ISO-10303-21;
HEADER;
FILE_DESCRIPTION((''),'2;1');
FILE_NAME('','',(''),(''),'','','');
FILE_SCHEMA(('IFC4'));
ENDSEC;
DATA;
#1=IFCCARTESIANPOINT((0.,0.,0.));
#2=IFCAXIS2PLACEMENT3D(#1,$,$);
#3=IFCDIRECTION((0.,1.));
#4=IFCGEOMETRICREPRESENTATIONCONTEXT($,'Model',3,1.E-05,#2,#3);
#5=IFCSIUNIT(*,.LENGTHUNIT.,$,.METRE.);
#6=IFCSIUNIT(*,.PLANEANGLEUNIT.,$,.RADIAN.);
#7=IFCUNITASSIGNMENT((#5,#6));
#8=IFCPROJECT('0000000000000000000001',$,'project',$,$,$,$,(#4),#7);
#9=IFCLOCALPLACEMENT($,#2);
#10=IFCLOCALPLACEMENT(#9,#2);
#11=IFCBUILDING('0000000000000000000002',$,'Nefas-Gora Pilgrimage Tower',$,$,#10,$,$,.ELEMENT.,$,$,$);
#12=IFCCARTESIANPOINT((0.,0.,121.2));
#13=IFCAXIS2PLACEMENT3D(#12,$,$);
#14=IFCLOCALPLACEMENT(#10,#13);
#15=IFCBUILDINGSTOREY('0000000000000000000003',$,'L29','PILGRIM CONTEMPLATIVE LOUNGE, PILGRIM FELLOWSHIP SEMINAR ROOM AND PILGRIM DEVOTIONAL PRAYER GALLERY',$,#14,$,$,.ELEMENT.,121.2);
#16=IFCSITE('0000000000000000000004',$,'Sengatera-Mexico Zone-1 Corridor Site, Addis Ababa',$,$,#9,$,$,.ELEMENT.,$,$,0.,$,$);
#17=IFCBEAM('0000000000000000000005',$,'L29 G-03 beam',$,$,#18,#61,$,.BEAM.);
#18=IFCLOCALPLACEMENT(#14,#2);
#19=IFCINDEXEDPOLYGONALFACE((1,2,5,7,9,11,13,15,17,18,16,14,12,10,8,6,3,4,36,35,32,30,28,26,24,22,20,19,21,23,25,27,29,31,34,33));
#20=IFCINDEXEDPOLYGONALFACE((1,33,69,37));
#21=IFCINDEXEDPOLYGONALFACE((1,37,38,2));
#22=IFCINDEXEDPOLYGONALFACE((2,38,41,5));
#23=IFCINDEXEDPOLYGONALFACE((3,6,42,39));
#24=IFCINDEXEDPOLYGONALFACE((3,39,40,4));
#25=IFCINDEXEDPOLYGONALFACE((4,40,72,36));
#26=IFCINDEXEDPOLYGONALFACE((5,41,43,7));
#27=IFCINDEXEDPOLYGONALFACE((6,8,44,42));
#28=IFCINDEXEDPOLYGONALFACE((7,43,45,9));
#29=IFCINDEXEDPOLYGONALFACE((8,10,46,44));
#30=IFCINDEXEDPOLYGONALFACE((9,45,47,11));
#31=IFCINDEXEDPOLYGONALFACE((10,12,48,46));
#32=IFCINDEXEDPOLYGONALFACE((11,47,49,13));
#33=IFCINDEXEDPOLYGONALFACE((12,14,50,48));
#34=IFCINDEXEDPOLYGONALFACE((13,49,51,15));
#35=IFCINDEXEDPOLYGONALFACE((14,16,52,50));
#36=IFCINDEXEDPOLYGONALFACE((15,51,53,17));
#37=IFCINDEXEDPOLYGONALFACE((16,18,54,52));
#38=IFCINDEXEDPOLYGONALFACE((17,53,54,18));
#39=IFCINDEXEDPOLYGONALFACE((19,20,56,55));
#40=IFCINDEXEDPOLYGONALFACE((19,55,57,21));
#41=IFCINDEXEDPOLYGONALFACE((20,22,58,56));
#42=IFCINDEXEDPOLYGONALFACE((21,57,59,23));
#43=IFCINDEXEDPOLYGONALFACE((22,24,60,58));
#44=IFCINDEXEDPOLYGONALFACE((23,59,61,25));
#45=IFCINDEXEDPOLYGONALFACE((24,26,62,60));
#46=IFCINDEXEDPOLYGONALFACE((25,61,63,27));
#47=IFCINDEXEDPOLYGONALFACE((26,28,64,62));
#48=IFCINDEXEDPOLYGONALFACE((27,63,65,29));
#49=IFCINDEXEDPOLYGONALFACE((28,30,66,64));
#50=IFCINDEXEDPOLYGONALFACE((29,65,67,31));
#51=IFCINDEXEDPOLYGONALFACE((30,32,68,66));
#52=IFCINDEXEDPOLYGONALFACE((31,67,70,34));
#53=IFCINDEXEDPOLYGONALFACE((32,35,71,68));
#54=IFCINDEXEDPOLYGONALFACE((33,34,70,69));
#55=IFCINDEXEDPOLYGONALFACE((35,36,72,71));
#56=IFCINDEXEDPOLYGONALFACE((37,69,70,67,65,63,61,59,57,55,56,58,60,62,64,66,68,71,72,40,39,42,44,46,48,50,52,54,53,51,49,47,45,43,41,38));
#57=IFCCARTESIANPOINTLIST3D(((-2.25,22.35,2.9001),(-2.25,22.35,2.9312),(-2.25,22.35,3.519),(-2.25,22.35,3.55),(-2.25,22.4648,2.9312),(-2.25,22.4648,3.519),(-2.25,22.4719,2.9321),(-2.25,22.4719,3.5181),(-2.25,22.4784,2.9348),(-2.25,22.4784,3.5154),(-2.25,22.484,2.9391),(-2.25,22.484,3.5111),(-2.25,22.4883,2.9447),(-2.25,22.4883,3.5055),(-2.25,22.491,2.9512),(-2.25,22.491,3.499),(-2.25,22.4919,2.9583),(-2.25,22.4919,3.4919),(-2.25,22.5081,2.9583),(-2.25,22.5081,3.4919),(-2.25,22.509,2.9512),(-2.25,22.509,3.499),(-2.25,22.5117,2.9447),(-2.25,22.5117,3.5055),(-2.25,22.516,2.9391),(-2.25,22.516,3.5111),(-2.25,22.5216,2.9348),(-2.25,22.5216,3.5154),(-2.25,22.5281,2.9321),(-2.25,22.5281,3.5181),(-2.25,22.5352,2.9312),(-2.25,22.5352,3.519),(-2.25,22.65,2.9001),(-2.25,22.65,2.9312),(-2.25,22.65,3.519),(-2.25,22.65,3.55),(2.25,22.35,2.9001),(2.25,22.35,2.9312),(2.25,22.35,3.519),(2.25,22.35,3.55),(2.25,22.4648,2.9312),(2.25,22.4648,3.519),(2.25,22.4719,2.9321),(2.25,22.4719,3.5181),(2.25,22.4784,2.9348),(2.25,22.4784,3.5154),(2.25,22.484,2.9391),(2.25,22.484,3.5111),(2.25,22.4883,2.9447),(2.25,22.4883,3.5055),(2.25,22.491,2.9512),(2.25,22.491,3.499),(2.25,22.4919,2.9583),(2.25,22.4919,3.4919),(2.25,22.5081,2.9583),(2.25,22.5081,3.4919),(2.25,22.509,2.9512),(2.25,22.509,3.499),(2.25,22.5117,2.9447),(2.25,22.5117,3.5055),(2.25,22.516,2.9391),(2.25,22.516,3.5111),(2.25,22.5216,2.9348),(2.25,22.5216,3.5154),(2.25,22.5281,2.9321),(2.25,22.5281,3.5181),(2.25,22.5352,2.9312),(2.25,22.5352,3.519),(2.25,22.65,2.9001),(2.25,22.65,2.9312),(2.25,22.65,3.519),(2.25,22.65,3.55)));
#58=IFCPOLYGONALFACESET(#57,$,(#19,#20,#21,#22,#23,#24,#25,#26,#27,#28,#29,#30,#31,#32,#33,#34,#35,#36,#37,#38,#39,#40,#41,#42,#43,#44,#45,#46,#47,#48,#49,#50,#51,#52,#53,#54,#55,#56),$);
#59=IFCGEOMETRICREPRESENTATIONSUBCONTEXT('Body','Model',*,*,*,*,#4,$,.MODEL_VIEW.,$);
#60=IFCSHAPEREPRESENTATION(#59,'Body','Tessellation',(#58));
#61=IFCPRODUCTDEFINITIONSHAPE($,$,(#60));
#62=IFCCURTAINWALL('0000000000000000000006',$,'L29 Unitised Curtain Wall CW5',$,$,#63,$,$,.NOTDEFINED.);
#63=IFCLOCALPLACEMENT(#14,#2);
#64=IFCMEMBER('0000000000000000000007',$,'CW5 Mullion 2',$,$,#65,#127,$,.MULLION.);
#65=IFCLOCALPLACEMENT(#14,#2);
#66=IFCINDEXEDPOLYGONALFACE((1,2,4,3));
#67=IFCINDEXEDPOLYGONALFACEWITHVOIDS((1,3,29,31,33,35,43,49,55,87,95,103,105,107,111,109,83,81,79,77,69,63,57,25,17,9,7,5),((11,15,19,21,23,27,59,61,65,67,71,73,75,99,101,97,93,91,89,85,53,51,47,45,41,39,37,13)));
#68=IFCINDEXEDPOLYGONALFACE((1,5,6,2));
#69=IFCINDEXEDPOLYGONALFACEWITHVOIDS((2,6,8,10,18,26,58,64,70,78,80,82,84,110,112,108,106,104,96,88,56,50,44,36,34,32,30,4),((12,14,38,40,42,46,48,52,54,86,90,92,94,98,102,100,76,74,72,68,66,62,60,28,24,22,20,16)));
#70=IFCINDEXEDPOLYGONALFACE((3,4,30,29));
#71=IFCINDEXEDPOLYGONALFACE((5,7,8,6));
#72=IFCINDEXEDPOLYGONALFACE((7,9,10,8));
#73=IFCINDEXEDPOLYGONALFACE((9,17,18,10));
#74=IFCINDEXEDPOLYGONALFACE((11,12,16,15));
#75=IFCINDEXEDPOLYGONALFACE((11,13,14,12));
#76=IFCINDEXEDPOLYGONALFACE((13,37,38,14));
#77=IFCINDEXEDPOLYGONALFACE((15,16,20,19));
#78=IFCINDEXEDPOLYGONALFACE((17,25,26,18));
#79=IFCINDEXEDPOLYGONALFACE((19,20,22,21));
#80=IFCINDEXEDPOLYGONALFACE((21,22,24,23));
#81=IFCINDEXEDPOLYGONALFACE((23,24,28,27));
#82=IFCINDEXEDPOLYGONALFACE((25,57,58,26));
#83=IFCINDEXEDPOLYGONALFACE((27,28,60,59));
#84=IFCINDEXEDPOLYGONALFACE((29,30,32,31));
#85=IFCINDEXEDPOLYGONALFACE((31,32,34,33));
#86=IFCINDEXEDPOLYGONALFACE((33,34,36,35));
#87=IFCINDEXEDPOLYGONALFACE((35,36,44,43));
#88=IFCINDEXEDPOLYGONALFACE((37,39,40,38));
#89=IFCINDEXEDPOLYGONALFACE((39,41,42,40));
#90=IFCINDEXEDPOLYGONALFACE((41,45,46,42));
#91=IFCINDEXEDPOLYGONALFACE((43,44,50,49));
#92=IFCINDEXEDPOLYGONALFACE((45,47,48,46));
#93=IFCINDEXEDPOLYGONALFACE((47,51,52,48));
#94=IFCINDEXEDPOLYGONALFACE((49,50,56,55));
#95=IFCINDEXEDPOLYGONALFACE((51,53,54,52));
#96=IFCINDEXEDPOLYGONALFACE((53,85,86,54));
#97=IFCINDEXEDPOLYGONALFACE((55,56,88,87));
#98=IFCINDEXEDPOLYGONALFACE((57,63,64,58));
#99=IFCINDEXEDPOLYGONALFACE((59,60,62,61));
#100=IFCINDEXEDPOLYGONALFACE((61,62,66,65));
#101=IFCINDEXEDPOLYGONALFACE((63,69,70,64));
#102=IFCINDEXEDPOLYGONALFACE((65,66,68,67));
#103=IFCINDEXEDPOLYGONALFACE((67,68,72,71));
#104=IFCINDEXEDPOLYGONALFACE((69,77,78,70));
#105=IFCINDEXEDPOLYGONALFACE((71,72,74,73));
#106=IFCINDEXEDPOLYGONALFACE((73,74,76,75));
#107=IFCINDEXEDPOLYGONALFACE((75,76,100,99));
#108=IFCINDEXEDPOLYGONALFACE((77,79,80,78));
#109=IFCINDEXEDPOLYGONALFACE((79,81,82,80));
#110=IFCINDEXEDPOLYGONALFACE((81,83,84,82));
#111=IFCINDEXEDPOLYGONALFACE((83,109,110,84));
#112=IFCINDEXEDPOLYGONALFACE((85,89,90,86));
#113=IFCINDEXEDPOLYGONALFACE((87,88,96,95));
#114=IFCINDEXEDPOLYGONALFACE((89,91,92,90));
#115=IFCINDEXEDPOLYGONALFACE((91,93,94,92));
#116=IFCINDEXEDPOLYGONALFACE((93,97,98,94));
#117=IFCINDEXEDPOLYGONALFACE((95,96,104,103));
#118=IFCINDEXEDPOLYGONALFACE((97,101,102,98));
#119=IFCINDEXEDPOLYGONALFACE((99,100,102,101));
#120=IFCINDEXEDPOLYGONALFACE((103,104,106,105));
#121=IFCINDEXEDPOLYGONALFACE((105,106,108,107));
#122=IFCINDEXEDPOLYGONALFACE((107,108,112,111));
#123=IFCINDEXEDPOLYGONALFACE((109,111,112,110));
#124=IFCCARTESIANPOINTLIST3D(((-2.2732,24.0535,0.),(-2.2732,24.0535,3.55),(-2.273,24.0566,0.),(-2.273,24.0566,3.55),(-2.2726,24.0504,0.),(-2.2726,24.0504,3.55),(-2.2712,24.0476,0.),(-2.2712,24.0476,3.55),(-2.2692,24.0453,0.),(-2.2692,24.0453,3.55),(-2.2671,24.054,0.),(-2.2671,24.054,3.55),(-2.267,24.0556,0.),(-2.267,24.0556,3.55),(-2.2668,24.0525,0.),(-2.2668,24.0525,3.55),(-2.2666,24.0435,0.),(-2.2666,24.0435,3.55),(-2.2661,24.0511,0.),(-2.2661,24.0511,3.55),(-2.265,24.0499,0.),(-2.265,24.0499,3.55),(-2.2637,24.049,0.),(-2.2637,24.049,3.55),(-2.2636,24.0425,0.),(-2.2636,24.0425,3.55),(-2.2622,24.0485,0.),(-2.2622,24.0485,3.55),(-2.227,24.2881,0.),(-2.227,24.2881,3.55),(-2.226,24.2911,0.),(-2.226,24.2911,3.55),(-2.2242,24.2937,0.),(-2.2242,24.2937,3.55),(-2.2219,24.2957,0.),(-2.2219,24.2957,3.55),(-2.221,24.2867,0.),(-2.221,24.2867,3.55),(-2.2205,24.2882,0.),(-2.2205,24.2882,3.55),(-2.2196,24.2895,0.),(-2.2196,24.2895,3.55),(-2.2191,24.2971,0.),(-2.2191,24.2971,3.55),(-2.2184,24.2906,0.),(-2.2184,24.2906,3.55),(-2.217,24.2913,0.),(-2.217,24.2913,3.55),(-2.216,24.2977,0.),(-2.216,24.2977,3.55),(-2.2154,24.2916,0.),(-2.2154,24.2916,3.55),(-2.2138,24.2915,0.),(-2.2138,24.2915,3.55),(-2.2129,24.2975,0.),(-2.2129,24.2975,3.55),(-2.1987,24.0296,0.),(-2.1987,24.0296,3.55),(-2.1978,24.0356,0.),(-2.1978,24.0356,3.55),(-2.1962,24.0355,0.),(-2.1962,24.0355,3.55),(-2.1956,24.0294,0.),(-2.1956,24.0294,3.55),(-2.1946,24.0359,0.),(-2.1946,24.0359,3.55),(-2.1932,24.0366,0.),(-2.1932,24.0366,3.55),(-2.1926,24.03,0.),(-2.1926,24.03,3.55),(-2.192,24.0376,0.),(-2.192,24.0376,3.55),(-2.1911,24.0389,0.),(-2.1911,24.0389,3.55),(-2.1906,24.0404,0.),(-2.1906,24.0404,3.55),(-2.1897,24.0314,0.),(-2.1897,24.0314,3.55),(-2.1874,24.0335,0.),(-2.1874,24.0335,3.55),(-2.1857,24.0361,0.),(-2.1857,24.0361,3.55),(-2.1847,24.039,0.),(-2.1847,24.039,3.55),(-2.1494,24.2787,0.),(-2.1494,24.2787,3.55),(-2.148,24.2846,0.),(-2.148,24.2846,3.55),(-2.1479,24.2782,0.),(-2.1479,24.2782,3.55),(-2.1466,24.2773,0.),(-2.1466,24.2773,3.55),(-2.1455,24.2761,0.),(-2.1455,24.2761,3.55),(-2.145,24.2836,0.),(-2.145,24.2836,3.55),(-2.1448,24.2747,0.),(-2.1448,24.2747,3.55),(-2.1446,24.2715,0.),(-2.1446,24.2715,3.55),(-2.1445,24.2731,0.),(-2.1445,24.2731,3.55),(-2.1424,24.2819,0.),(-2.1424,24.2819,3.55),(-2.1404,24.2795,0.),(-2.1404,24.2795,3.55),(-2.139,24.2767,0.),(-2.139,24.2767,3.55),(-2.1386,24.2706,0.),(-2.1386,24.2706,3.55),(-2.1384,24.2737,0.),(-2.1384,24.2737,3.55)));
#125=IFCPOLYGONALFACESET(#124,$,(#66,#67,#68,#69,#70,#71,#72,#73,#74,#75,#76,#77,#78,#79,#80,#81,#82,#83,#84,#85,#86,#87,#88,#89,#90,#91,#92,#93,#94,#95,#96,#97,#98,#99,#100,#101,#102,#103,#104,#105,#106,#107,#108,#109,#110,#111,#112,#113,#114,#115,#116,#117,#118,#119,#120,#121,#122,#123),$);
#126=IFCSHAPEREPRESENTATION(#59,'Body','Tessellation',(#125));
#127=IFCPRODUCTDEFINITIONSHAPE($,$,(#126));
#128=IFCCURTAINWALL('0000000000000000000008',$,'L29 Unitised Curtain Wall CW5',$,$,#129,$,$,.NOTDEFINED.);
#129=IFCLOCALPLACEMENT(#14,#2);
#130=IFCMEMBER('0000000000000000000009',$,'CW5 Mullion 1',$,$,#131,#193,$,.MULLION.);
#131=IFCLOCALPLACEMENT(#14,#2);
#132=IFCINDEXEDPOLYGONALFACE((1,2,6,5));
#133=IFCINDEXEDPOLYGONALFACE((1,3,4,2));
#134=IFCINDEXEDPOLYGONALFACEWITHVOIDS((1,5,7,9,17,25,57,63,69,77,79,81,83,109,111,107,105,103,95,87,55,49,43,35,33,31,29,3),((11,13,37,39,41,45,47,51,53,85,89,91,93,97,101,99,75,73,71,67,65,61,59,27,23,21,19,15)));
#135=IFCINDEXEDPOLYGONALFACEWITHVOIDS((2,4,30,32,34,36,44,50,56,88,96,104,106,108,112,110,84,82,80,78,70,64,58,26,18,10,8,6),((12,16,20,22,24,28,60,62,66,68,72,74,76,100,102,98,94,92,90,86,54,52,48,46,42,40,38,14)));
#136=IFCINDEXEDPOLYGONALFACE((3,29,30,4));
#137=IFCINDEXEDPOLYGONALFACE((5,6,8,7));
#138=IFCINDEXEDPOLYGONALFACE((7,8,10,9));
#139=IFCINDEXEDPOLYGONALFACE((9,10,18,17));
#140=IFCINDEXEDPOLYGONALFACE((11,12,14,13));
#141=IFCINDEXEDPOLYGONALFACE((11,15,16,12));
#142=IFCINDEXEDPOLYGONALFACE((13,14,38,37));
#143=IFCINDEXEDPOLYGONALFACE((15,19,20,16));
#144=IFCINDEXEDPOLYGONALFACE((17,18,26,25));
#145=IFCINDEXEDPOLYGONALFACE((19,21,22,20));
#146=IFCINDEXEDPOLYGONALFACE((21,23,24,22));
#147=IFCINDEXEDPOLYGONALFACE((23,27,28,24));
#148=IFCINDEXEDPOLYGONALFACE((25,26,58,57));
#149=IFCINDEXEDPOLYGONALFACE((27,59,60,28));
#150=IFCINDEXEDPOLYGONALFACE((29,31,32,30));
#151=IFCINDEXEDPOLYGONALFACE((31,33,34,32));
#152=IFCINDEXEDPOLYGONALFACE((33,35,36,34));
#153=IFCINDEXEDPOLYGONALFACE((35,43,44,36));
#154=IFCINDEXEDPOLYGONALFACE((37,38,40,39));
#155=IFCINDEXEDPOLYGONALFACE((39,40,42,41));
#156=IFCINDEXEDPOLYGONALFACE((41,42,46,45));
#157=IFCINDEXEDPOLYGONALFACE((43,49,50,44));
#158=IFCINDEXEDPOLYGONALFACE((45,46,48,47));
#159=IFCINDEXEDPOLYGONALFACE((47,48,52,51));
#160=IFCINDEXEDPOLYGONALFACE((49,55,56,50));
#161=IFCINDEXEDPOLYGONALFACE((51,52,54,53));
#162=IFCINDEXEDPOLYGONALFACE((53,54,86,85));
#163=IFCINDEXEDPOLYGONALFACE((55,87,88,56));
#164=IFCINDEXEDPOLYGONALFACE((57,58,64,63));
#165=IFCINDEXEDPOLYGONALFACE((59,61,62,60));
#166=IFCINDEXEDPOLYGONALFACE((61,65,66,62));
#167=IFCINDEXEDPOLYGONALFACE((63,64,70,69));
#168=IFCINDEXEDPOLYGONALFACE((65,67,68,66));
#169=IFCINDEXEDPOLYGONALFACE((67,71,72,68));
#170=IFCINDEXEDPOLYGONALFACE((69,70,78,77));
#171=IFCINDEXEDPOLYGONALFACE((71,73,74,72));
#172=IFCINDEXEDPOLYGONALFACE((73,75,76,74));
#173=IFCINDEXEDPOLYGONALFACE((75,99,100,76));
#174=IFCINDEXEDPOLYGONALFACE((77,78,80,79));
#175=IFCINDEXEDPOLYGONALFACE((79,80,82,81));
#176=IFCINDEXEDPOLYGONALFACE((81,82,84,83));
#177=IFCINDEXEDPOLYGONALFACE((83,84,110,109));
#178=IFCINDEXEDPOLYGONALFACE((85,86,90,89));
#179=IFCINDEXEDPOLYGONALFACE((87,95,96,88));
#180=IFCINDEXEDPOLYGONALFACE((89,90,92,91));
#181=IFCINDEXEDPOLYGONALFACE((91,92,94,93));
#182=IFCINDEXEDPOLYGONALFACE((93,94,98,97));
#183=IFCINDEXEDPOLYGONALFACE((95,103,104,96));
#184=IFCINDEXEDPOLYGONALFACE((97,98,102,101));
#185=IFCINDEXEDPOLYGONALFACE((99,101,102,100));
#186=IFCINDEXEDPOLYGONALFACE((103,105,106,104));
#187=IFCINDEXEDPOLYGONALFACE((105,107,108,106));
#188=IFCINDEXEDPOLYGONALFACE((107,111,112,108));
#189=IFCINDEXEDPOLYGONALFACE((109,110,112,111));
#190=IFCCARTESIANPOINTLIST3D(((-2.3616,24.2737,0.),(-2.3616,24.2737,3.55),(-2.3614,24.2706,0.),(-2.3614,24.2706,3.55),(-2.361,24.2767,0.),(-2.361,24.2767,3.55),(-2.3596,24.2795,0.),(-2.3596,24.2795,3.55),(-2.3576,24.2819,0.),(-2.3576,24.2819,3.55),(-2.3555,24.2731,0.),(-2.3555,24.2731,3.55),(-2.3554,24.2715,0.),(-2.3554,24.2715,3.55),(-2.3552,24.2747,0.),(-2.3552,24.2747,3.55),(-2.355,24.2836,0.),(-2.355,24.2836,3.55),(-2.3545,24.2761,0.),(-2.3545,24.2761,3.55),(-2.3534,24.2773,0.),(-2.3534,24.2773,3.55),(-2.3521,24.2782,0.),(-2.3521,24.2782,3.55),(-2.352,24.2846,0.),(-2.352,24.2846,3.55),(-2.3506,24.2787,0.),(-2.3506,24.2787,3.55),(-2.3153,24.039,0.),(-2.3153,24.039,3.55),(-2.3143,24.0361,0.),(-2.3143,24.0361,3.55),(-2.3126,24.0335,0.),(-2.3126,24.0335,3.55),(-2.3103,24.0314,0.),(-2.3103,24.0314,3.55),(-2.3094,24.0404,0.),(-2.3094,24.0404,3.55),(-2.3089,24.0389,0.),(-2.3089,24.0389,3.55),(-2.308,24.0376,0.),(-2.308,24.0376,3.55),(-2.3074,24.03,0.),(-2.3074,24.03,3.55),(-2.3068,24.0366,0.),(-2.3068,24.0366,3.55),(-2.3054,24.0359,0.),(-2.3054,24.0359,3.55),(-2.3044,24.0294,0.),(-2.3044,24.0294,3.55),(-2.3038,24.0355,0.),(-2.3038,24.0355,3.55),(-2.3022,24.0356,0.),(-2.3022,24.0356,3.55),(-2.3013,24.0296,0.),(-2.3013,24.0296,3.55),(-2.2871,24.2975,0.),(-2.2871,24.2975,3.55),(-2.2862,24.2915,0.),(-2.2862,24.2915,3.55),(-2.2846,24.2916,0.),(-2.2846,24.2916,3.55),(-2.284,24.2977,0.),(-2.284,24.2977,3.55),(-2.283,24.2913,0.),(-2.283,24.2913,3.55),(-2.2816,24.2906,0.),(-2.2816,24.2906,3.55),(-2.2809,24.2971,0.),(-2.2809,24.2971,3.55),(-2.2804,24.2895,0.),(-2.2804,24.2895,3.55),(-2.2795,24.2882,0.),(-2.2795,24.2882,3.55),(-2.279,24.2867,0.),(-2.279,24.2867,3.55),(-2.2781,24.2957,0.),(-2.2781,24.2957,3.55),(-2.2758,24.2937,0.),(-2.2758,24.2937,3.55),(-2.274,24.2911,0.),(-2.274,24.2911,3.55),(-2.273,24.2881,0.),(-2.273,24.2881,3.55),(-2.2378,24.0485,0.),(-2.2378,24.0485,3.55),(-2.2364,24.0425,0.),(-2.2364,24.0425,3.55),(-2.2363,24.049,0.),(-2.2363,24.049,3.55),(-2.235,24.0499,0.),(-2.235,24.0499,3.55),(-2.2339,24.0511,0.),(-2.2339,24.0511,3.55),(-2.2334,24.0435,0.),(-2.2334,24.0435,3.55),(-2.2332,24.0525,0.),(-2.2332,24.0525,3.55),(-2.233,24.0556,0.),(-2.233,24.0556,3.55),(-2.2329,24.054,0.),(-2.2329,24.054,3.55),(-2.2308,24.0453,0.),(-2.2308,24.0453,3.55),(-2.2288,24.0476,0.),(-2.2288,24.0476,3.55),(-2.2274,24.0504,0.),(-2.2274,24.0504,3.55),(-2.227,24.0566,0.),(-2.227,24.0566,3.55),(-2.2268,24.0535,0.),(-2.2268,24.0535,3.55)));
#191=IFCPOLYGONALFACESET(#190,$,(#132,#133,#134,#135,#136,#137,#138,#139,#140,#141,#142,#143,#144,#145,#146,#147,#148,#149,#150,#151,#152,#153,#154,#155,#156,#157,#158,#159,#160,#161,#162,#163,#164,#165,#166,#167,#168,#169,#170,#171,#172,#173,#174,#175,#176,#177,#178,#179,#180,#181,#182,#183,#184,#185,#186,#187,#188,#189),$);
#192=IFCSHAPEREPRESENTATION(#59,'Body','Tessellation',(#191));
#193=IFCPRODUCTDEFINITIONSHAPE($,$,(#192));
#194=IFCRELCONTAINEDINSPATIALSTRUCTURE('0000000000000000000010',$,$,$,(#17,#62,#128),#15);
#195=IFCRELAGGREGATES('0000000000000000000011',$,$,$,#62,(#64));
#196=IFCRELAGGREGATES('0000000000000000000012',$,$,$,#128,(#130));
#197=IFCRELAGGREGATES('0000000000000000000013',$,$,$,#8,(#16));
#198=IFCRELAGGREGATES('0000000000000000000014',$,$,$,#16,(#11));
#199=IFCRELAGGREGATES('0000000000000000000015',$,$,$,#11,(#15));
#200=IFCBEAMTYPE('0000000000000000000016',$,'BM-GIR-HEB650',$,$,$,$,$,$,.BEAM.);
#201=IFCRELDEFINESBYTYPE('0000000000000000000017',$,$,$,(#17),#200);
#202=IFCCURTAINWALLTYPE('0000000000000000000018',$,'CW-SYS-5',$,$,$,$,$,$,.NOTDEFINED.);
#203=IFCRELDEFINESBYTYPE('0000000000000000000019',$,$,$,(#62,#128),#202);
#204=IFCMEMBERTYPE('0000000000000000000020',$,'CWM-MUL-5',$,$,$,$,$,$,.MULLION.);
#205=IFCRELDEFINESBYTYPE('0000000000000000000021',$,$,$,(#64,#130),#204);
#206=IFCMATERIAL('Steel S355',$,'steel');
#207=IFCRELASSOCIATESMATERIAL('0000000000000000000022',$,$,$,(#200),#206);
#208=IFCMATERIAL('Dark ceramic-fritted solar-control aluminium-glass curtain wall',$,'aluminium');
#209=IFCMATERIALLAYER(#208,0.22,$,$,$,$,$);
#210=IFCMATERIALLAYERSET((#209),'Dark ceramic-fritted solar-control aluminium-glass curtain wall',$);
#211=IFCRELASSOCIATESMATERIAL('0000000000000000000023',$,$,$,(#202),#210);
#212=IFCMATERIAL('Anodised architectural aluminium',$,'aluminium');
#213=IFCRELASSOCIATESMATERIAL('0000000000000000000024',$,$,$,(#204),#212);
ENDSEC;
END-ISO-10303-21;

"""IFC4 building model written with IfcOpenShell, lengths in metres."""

from ifc_helpers import new_model, si_unit, direction, frame, origin, origin_2d, place, context, subcontext, project, spatial, hollow_rectangle, i_section, extrude, source, transform, mapped, material, layer, layer_set, material_profile, profile_set, type_object, element, aggregate, save


model = new_model("IFC4")

# Units and contexts
model_context = context("Model", 3, precision=1e-05, world=origin(), true_north=direction((0.0, 1.0)))
body_context = subcontext(model_context, "Body", "Model", "MODEL_VIEW")
ifc_project = project(units=[si_unit("LENGTHUNIT", "METRE"), si_unit("PLANEANGLEUNIT", "RADIAN")], contexts=[model_context])

# Site, building, storey
site_placement = place(None, origin())
site = spatial("IfcSite", under=ifc_project, at=site_placement, Name="Sengatera-Mexico Zone-1 Corridor Site, Addis Ababa", CompositionType="ELEMENT", RefElevation=0.0)
building_placement = place(site_placement, origin())
building = spatial("IfcBuilding", under=site, at=building_placement, Name="Nefas-Gora Pilgrimage Tower", CompositionType="ELEMENT")
storey_placement = place(building_placement, frame((0.0, 0.0, 121.2)))
storey = spatial("IfcBuildingStorey", under=building, at=storey_placement, Name="L29", Description="PILGRIM CONTEMPLATIVE LOUNGE, PILGRIM FELLOWSHIP SEMINAR ROOM AND PILGRIM DEVOTIONAL PRAYER GALLERY", CompositionType="ELEMENT", Elevation=121.2)

# Beam
ifc_material_1 = material(Name="Steel S355", Category="steel")
ifc_material_profile_1 = material_profile(ifc_material_1, i_section(OverallWidth=0.3, OverallDepth=0.6499, WebThickness=0.0161, FlangeThickness=0.031, FilletRadius=0.0271, at=origin_2d()), Name="HEB 650")
ifc_profile_set_1 = profile_set([ifc_material_profile_1], Name="Steel S355")
beam_type = type_object("IfcBeamType", Name="BM-GIR-HEB650", PredefinedType="BEAM", material=ifc_profile_set_1)
shared_shape_1 = source(origin(), body_context, "Body", "SweptSolid", [
    extrude(i_section(OverallWidth=0.3, OverallDepth=0.6499, WebThickness=0.0161, FlangeThickness=0.031, FilletRadius=0.0271, at=origin_2d()), origin(), (0.0, 0.0, 1.0), 4.5),
])
for number, where, z_axis, x_axis, name in (
    (1, (-2.25, 22.5, 3.2251), (1.0, 0.0, 0.0), (0.0, 1.0, 0.0), "L29 G-03 beam"),
):
    element("IfcBeam", number, at=place(storey_placement, frame(where, z_axis=z_axis, x_axis=x_axis)), inside=storey, type_object=beam_type, Name=name, PredefinedType="BEAM", context=body_context, shape_type="MappedRepresentation", body=[
        mapped(shared_shape_1, transform((0.0, 0.0, 0.0), x_axis=(1.0, 0.0, 0.0), y_axis=(0.0, 1.0, 0.0), z_axis=(0.0, 0.0, 1.0), scale=1.0)),
    ])

# Curtain wall, member
ifc_material_2 = material(Name="Dark ceramic-fritted solar-control aluminium-glass curtain wall", Category="aluminium")
ifc_layer_1 = layer(ifc_material_2, 0.22)
ifc_layer_set_1 = layer_set([ifc_layer_1], Name="Dark ceramic-fritted solar-control aluminium-glass curtain wall")
curtain_wall_type = type_object("IfcCurtainWallType", Name="CW-SYS-5", PredefinedType="NOTDEFINED", material=ifc_layer_set_1)
curtain_wall_1_placement = place(storey_placement, origin())
curtain_wall_1 = element("IfcCurtainWall", 2, at=curtain_wall_1_placement, inside=storey, type_object=curtain_wall_type, Name="L29 Unitised Curtain Wall CW5", PredefinedType="NOTDEFINED")
ifc_material_3 = material(Name="Anodised architectural aluminium", Category="aluminium")
ifc_material_profile_2 = material_profile(ifc_material_3, hollow_rectangle(XDim=0.0901, YDim=0.26, WallThickness=0.0061, InnerFilletRadius=0.0061, OuterFilletRadius=0.012, at=origin_2d()), Name="ALU MULLION 90x260")
ifc_profile_set_2 = profile_set([ifc_material_profile_2], Name="Anodised architectural aluminium")
member_type_1 = type_object("IfcMemberType", Name="CWM-MUL-5", PredefinedType="MULLION", material=ifc_profile_set_2)
shared_shape_2 = source(origin(), body_context, "Body", "SweptSolid", [
    extrude(hollow_rectangle(XDim=0.0901, YDim=0.26, WallThickness=0.0061, InnerFilletRadius=0.0061, OuterFilletRadius=0.012, at=origin_2d()), origin(), (0.0, 0.0, 1.0), 3.55),
])
member_1_placement = place(storey_placement, frame((-2.2058, 24.1636, 0.0), z_axis=(0.0, 0.0, 1.0), x_axis=(-0.980783, 0.195102, 0.0)))
member_1 = element("IfcMember", 3, at=member_1_placement, type_object=member_type_1, Name="CW5 Mullion 2", PredefinedType="MULLION", context=body_context, shape_type="MappedRepresentation", body=[
    mapped(shared_shape_2, transform((0.0, 0.0, 0.0), x_axis=(1.0, 0.0, 0.0), y_axis=(0.0, 1.0, 0.0), z_axis=(0.0, 0.0, 1.0), scale=1.0)),
])

# Curtain wall, member
curtain_wall_2_placement = place(storey_placement, origin())
curtain_wall_2 = element("IfcCurtainWall", 4, at=curtain_wall_2_placement, inside=storey, type_object=curtain_wall_type, Name="L29 Unitised Curtain Wall CW5", PredefinedType="NOTDEFINED")
member_2_placement = place(storey_placement, frame((-2.2942, 24.1636, 0.0), z_axis=(0.0, 0.0, 1.0), x_axis=(-0.980783, -0.195102, 0.0)))
member_2 = element("IfcMember", 5, at=member_2_placement, type_object=member_type_1, Name="CW5 Mullion 1", PredefinedType="MULLION", context=body_context, shape_type="MappedRepresentation", body=[
    mapped(shared_shape_2, transform((0.0, 0.0, 0.0), x_axis=(1.0, 0.0, 0.0), y_axis=(0.0, 1.0, 0.0), z_axis=(0.0, 0.0, 1.0), scale=1.0)),
])

aggregate(curtain_wall_1, [member_1])
aggregate(curtain_wall_2, [member_2])

save(model, "model.ifc")
